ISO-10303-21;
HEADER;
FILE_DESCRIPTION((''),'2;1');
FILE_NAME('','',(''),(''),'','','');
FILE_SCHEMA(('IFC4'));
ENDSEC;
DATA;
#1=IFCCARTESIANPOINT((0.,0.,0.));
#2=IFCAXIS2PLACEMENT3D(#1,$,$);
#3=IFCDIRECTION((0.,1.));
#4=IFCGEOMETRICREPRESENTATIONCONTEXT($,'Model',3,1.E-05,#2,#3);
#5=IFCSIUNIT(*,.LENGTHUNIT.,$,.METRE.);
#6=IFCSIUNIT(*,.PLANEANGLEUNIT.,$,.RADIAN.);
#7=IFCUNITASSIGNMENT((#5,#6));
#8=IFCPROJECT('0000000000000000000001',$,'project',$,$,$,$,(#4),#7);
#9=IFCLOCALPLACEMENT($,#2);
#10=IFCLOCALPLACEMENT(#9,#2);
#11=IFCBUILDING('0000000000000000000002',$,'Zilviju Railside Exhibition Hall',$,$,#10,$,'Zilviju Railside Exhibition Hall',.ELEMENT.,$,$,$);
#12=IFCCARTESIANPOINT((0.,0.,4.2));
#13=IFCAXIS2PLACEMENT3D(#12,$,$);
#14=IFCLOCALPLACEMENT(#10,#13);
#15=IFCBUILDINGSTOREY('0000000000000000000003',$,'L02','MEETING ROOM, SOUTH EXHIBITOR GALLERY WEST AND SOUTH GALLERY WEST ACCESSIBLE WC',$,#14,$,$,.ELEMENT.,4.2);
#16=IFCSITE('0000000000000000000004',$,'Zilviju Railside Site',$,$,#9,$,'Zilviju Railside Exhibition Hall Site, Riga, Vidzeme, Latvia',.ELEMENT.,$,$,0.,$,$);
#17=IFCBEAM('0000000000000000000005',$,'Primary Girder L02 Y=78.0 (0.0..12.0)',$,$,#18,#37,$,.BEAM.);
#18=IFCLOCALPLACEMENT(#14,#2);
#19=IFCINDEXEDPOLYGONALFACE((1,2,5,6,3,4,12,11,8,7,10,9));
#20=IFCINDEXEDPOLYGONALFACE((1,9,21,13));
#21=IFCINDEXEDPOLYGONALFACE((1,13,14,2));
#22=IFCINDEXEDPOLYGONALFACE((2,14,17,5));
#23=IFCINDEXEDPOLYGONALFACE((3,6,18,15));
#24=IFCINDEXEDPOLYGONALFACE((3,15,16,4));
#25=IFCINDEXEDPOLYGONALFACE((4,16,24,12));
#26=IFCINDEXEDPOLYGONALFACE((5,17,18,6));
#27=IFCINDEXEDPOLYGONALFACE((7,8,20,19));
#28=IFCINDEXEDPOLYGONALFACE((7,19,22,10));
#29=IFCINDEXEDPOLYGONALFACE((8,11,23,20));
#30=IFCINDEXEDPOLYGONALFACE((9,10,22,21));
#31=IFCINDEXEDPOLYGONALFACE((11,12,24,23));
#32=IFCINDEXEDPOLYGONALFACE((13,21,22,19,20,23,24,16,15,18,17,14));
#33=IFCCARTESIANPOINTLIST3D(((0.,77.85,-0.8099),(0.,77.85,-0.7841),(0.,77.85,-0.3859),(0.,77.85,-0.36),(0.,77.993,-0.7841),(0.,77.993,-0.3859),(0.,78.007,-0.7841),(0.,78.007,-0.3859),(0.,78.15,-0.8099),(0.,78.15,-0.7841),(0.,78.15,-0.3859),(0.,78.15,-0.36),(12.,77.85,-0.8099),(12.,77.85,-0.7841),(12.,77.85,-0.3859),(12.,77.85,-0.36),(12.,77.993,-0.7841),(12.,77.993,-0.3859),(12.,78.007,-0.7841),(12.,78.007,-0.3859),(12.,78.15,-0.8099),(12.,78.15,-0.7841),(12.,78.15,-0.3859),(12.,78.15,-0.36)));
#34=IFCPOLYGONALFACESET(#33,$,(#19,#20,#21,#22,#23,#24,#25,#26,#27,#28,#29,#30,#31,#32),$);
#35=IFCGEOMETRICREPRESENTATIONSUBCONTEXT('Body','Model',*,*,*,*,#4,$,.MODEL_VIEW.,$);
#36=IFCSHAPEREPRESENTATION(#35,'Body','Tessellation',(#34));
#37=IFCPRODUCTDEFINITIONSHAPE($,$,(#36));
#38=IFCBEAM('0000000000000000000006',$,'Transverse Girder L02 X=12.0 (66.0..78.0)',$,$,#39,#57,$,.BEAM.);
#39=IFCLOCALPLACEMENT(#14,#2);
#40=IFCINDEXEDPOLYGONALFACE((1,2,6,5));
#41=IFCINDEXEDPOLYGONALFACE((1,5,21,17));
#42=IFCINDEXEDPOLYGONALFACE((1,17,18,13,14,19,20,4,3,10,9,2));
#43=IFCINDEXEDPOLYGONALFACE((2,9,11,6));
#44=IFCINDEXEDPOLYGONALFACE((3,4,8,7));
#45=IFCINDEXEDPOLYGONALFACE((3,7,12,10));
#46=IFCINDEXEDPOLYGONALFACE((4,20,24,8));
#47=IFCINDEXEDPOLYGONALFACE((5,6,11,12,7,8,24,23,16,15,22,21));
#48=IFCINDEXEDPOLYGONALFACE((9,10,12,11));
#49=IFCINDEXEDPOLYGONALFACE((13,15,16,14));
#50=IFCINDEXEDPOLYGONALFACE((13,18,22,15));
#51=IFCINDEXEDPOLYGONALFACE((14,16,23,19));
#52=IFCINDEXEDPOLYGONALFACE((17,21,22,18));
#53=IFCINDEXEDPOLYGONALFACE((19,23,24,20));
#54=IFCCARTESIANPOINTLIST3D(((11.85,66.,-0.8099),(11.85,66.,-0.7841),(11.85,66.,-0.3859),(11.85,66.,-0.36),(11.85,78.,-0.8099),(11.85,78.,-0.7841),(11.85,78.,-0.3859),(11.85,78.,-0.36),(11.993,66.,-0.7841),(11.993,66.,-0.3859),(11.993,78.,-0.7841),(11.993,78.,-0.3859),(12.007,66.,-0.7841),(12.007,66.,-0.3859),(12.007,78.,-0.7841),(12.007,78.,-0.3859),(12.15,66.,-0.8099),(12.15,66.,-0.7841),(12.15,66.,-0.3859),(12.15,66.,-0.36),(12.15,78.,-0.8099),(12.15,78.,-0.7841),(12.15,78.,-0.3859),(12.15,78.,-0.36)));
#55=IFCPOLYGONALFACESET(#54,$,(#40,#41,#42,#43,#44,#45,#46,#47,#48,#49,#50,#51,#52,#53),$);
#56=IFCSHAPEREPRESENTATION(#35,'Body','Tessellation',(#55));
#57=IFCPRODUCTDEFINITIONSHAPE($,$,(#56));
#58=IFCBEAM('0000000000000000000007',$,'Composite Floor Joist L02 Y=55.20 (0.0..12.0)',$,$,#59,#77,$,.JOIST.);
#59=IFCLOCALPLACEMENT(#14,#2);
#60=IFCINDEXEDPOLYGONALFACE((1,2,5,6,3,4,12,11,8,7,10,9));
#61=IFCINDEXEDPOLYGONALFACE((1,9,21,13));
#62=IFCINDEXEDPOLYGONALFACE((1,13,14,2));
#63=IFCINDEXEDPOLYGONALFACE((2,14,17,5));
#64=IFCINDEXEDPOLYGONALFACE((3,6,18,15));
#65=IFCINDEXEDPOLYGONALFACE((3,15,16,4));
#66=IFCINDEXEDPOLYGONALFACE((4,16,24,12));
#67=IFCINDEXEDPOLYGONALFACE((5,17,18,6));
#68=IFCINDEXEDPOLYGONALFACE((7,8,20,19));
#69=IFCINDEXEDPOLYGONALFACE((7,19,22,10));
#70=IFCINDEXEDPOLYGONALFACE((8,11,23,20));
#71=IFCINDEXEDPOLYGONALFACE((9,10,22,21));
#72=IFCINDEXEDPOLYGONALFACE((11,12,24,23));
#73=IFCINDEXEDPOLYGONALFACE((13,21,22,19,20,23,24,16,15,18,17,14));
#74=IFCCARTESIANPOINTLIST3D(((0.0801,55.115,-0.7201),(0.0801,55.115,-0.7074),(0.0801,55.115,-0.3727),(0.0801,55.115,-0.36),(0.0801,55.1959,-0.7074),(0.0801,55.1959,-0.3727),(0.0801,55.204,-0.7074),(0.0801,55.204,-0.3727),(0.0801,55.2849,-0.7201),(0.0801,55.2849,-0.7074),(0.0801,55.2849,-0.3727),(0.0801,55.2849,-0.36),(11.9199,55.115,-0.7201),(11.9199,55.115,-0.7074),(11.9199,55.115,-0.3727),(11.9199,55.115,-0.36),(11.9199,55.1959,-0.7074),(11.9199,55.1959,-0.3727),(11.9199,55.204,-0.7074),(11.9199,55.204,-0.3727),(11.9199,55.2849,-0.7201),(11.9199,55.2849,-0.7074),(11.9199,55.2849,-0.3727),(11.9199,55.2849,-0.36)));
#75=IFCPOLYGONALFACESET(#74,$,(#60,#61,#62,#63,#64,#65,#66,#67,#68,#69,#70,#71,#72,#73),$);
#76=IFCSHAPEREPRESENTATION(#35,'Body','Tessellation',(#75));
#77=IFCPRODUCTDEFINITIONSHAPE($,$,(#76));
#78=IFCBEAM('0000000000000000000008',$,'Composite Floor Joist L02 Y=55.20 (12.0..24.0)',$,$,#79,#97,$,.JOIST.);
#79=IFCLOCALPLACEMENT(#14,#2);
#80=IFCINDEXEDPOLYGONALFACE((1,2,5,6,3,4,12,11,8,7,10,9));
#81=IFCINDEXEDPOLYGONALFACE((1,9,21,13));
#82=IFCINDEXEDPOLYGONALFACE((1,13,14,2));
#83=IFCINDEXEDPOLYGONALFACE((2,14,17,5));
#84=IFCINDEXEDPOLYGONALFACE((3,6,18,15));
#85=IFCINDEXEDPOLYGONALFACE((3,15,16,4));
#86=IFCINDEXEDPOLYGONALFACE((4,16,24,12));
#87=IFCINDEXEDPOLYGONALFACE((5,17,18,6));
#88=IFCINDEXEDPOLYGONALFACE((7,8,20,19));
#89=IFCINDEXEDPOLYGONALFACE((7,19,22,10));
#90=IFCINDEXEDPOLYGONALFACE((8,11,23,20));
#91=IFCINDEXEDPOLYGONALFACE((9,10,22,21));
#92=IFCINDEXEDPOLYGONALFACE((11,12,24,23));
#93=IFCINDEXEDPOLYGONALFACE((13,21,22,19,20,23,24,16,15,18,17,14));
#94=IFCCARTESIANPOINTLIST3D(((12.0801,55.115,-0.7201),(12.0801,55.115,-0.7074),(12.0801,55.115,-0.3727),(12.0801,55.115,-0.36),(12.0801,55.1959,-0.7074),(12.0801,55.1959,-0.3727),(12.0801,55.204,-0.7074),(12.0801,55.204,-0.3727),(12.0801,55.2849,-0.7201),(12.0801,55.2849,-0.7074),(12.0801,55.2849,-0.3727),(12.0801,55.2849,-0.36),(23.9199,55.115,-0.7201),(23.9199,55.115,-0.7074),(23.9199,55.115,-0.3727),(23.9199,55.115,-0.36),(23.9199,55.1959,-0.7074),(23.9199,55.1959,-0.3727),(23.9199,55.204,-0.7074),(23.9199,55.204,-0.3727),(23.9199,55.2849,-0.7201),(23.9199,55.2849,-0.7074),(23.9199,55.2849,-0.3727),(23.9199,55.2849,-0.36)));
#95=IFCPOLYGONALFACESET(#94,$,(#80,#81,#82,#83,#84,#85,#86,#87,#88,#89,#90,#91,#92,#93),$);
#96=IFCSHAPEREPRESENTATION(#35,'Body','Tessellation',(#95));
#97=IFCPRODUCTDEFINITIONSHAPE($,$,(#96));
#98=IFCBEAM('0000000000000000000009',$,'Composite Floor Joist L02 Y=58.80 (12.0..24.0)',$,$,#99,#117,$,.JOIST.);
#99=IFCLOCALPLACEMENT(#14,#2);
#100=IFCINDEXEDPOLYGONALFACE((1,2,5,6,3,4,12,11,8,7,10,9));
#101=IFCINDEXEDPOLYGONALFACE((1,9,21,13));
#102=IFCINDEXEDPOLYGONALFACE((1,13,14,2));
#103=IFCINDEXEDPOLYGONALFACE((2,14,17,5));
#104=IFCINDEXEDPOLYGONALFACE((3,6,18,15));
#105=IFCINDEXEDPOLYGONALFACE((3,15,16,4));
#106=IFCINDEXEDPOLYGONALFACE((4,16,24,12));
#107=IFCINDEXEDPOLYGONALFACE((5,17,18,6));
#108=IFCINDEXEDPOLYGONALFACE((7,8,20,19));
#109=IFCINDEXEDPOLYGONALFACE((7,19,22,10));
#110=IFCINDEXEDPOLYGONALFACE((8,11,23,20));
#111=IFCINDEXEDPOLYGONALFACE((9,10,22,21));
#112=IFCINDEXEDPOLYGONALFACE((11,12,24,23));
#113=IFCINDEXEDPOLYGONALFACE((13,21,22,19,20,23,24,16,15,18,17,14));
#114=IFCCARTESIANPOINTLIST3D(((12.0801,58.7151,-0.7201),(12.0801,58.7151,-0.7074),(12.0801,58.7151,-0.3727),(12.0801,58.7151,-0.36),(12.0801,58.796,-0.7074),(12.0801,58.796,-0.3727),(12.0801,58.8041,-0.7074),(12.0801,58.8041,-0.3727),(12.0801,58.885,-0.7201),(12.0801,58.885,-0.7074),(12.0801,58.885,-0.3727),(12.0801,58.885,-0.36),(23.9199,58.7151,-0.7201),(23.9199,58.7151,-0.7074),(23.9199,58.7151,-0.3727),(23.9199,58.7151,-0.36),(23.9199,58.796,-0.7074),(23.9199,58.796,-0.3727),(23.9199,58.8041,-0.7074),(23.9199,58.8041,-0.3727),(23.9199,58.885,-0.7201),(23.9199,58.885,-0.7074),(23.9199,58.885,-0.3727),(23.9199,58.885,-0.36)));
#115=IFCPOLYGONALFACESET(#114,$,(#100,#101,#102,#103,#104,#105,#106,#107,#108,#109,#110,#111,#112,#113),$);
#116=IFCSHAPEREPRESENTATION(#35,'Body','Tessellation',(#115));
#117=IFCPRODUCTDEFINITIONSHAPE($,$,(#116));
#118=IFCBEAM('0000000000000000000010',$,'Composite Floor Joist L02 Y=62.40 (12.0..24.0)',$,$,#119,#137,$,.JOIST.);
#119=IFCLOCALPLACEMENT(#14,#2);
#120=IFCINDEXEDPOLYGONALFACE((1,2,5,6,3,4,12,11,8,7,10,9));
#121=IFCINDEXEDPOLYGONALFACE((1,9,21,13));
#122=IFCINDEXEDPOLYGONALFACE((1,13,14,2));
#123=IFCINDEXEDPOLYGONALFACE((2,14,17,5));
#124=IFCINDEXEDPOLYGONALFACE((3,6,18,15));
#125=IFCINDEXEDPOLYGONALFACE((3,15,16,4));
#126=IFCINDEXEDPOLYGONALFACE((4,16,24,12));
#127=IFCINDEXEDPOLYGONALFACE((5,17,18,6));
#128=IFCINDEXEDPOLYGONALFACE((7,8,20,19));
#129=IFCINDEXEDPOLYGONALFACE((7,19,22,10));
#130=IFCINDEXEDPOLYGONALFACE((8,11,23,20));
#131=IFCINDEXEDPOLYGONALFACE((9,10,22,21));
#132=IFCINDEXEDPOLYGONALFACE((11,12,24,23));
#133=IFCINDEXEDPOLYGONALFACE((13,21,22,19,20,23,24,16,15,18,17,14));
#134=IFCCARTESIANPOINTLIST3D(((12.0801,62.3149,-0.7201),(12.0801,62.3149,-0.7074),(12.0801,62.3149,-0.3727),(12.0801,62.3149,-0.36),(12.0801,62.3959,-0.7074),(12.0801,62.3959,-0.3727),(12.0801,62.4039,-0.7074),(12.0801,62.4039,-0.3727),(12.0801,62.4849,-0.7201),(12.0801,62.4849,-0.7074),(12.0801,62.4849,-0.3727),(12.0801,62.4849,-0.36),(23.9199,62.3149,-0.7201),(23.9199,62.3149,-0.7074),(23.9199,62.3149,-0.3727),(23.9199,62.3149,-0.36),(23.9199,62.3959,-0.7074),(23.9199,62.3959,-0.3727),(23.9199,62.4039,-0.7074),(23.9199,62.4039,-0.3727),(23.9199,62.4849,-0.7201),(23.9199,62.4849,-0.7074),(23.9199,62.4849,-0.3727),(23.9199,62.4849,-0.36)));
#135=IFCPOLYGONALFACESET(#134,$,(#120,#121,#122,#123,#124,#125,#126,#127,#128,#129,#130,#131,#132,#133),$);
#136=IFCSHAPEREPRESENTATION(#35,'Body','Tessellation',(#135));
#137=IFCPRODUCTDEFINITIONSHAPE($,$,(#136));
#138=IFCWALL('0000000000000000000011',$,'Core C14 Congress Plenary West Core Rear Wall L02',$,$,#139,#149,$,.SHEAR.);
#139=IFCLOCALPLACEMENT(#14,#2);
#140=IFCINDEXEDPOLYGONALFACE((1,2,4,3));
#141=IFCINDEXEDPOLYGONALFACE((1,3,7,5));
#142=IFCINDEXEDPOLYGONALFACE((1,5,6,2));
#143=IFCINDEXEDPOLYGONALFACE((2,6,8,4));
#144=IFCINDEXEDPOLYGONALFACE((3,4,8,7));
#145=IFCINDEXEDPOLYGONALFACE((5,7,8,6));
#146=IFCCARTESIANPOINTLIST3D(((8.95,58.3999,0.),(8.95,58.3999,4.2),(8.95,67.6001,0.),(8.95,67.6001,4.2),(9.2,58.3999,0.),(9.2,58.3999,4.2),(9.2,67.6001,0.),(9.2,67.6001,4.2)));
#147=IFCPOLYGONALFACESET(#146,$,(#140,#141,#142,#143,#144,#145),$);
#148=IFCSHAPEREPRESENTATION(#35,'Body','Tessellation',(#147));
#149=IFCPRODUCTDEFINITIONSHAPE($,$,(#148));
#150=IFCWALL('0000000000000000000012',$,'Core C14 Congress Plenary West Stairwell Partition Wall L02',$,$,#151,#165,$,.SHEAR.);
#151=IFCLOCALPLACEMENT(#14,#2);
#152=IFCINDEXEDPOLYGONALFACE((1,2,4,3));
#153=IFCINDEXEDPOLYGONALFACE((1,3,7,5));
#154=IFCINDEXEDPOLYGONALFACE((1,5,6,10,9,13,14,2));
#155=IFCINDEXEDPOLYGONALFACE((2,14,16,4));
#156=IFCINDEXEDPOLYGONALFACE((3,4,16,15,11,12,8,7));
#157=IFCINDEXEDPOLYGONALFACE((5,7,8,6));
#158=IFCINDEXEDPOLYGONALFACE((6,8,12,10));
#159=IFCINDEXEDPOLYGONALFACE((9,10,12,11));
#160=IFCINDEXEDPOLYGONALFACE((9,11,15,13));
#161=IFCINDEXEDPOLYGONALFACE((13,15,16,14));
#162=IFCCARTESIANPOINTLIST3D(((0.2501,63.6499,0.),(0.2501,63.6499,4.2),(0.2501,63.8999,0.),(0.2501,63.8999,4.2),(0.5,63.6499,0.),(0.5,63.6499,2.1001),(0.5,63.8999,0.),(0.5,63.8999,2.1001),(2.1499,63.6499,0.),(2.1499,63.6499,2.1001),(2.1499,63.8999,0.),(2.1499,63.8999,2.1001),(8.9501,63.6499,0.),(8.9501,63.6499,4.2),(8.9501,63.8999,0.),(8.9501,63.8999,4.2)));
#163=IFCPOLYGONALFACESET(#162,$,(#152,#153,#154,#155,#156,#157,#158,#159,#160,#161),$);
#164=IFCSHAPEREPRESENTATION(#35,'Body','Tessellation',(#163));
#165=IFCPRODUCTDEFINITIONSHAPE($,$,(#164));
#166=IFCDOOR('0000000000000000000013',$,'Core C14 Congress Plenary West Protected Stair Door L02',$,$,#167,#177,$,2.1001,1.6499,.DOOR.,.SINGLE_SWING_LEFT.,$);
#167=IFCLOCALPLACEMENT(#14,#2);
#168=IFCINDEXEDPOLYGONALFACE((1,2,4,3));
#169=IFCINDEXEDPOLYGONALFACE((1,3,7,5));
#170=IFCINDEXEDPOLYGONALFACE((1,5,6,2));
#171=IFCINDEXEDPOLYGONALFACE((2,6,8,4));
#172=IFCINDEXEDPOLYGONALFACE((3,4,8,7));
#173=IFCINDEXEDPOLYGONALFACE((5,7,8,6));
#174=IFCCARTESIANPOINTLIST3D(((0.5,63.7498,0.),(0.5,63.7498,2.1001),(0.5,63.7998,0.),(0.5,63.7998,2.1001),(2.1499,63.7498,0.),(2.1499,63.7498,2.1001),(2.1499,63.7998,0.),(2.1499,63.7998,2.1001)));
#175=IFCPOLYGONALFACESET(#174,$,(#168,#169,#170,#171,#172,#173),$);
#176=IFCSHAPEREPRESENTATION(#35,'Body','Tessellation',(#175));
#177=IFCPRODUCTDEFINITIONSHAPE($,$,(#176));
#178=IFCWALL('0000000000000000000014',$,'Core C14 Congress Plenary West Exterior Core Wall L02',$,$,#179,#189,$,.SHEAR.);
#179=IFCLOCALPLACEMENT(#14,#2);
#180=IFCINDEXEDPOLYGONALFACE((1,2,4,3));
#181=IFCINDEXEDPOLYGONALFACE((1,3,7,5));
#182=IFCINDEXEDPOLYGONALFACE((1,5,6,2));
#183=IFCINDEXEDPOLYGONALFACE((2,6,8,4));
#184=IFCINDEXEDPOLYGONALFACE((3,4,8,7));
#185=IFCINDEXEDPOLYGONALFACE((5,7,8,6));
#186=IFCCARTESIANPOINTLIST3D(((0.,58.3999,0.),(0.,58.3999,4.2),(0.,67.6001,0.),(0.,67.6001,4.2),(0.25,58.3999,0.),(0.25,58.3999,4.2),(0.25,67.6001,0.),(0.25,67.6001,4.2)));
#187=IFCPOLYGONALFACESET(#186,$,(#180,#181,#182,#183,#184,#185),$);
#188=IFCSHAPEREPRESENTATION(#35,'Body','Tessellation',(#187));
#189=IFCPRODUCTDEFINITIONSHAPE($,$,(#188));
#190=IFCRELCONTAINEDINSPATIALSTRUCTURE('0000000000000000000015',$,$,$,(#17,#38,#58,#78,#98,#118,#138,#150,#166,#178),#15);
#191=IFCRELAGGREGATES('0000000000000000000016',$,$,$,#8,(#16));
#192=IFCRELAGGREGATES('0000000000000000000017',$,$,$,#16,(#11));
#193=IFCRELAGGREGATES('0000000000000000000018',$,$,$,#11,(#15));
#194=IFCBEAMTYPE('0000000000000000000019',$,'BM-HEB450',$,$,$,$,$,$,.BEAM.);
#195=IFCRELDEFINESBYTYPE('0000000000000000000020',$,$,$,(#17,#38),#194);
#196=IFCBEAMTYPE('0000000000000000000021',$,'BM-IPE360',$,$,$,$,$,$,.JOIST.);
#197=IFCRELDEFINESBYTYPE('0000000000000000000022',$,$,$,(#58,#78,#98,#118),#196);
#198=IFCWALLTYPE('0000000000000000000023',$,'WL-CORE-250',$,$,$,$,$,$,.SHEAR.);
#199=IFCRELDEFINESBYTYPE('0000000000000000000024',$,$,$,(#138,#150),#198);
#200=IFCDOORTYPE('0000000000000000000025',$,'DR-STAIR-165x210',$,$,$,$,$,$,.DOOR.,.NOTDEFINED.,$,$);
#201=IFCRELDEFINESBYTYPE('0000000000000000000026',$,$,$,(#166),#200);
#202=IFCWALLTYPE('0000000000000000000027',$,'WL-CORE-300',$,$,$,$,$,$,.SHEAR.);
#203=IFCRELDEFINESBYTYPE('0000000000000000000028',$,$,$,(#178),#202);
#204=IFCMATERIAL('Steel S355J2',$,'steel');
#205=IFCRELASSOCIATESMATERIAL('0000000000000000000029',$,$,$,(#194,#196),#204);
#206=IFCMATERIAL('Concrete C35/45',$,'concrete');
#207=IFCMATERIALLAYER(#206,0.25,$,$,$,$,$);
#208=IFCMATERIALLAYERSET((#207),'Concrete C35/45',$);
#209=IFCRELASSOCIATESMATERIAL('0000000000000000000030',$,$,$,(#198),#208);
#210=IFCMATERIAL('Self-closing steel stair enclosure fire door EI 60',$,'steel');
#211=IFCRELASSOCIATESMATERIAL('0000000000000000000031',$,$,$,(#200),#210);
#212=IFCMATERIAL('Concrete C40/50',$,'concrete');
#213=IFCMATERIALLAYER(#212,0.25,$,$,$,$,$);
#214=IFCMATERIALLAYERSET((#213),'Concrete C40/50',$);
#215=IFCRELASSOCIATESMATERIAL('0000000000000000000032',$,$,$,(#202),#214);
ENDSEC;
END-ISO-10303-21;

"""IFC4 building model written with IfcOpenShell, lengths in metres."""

from ifc_helpers import new_model, si_unit, direction, frame, frame_2d, origin, origin_2d, place, context, subcontext, project, spatial, rectangle, i_section, extrude, material, layer, layer_set, material_profile, profile_set, type_object, element, fill, save


model = new_model("IFC4")

# Units and contexts
model_context = context("Model", 3, precision=1e-05, world=origin(), true_north=direction((0.0, 1.0)))
body_context = subcontext(model_context, "Body", "Model", "MODEL_VIEW")
ifc_project = project(units=[si_unit("LENGTHUNIT", "METRE"), si_unit("PLANEANGLEUNIT", "RADIAN")], contexts=[model_context])

# Site, building, storey
site_placement = place(None, origin())
site = spatial("IfcSite", under=ifc_project, at=site_placement, Name="Zilviju Railside Site", LongName="Zilviju Railside Exhibition Hall Site, Riga, Vidzeme, Latvia", CompositionType="ELEMENT", RefElevation=0.0)
building_placement = place(site_placement, origin())
building = spatial("IfcBuilding", under=site, at=building_placement, Name="Zilviju Railside Exhibition Hall", LongName="Zilviju Railside Exhibition Hall", CompositionType="ELEMENT")
storey_placement = place(building_placement, frame((0.0, 0.0, 4.2)))
storey = spatial("IfcBuildingStorey", under=building, at=storey_placement, Name="L02", Description="MEETING ROOM, SOUTH EXHIBITOR GALLERY WEST AND SOUTH GALLERY WEST ACCESSIBLE WC", CompositionType="ELEMENT", Elevation=4.2)

# Shared definitions
ifc_material_1 = material(Name="Steel S355J2", Category="steel")

# Beams
ifc_material_profile_1 = material_profile(ifc_material_1, i_section(OverallWidth=0.3, OverallDepth=0.45, WebThickness=0.0139, FlangeThickness=0.0259, at=origin_2d()), Name="HEB 450")
ifc_profile_set_1 = profile_set([ifc_material_profile_1], Name="Steel S355J2")
beam_type_1 = type_object("IfcBeamType", Name="BM-HEB450", PredefinedType="BEAM", material=ifc_profile_set_1)
for number, where, z_axis, x_axis, name in (
    (1, (0.0, 78.0, -0.585), (1.0, 0.0, 0.0), (0.0, 1.0, 0.0), "Primary Girder L02 Y=78.0 (0.0..12.0)"),
    (2, (12.0, 66.0, -0.585), (0.0, 1.0, 0.0), (-1.0, 0.0, 0.0), "Transverse Girder L02 X=12.0 (66.0..78.0)"),
):
    element("IfcBeam", number, at=place(storey_placement, frame(where, z_axis=z_axis, x_axis=x_axis)), inside=storey, type_object=beam_type_1, Name=name, PredefinedType="BEAM", context=body_context, shape_type="SweptSolid", body=[
        extrude(i_section(OverallWidth=0.3, OverallDepth=0.45, WebThickness=0.0139, FlangeThickness=0.0259, at=origin_2d()), origin(), (0.0, 0.0, 1.0), 12.0),
    ])
ifc_material_profile_2 = material_profile(ifc_material_1, i_section(OverallWidth=0.1699, OverallDepth=0.3601, WebThickness=0.0081, FlangeThickness=0.0127, at=origin_2d()), Name="IPE 360")
ifc_profile_set_2 = profile_set([ifc_material_profile_2], Name="Steel S355J2")
beam_type_2 = type_object("IfcBeamType", Name="BM-IPE360", PredefinedType="JOIST", material=ifc_profile_set_2)
for number, where, z_axis, x_axis, name in (
    (3, (0.0801, 55.2, -0.54), (1.0, 0.0, 0.0), (0.0, 1.0, 0.0), "Composite Floor Joist L02 Y=55.20 (0.0..12.0)"),
    (4, (12.0801, 55.2, -0.54), (1.0, 0.0, 0.0), (0.0, 1.0, 0.0), "Composite Floor Joist L02 Y=55.20 (12.0..24.0)"),
    (5, (12.0801, 58.8, -0.54), (1.0, 0.0, 0.0), (0.0, 1.0, 0.0), "Composite Floor Joist L02 Y=58.80 (12.0..24.0)"),
    (6, (12.0801, 62.3999, -0.54), (1.0, 0.0, 0.0), (0.0, 1.0, 0.0), "Composite Floor Joist L02 Y=62.40 (12.0..24.0)"),
):
    element("IfcBeam", number, at=place(storey_placement, frame(where, z_axis=z_axis, x_axis=x_axis)), inside=storey, type_object=beam_type_2, Name=name, PredefinedType="JOIST", context=body_context, shape_type="SweptSolid", body=[
        extrude(i_section(OverallWidth=0.1699, OverallDepth=0.3601, WebThickness=0.0081, FlangeThickness=0.0127, at=origin_2d()), origin(), (0.0, 0.0, 1.0), 11.8398),
    ])

# Wall
ifc_material_2 = material(Name="Concrete C35/45", Category="concrete")
ifc_layer_1 = layer(ifc_material_2, 0.25)
ifc_layer_set_1 = layer_set([ifc_layer_1], Name="Concrete C35/45")
wall_type_1 = type_object("IfcWallType", Name="WL-CORE-250", PredefinedType="SHEAR", material=ifc_layer_set_1)
wall_1_placement = place(storey_placement, frame((9.075, 58.3999, 0.0), z_axis=(0.0, 0.0, 1.0), x_axis=(0.0, 1.0, 0.0)))
element("IfcWall", 7, at=wall_1_placement, inside=storey, type_object=wall_type_1, Name="Core C14 Congress Plenary West Core Rear Wall L02", PredefinedType="SHEAR", context=body_context, shape_type="SweptSolid", body=[
    extrude(rectangle(XDim=9.2002, YDim=0.25, at=frame_2d((4.6001, 0.0))), origin(), (0.0, 0.0, 1.0), 4.2),
])

# Wall, opening, door
wall_2_placement = place(storey_placement, frame((0.25, 63.7749, 0.0), z_axis=(0.0, 0.0, 1.0), x_axis=(1.0, 0.0, 0.0)))
wall_2 = element("IfcWall", 8, at=wall_2_placement, inside=storey, type_object=wall_type_1, Name="Core C14 Congress Plenary West Stairwell Partition Wall L02", PredefinedType="SHEAR", context=body_context, shape_type="SweptSolid", body=[
    extrude(rectangle(XDim=8.7, YDim=0.25, at=frame_2d((4.3501, 0.0))), origin(), (0.0, 0.0, 1.0), 4.2),
])
opening_1_placement = place(wall_2_placement, frame((0.25, 0.0, 0.0)))
opening_1 = element("IfcOpeningElement", 9, at=opening_1_placement, cuts=wall_2, PredefinedType="OPENING", context=body_context, shape_type="SweptSolid", body=[
    extrude(rectangle(XDim=1.6499, YDim=2.1001, at=frame_2d((0.825, 1.05))), frame((0.0, 0.135, 0.0), z_axis=(0.0, -1.0, 0.0), x_axis=(1.0, 0.0, 0.0)), (0.0, 0.0, 1.0), 0.27),
])
ifc_material_3 = material(Name="Self-closing steel stair enclosure fire door EI 60", Category="steel")
door_type = type_object("IfcDoorType", Name="DR-STAIR-165x210", OperationType="NOTDEFINED", PredefinedType="DOOR", material=ifc_material_3)
door_placement = place(opening_1_placement, origin())
door = element("IfcDoor", 10, at=door_placement, inside=storey, type_object=door_type, Name="Core C14 Congress Plenary West Protected Stair Door L02", OperationType="SINGLE_SWING_LEFT", OverallHeight=2.1001, OverallWidth=1.6499, PredefinedType="DOOR", context=body_context, shape_type="SweptSolid", body=[
    extrude(rectangle(XDim=1.6499, YDim=2.1001, at=frame_2d((0.825, 1.05))), frame((0.0, 0.0249, 0.0), z_axis=(0.0, -1.0, 0.0), x_axis=(1.0, 0.0, 0.0)), (0.0, 0.0, 1.0), 0.05),
])
fill(opening_1, door)

# Wall
ifc_material_4 = material(Name="Concrete C40/50", Category="concrete")
ifc_layer_2 = layer(ifc_material_4, 0.25)
ifc_layer_set_2 = layer_set([ifc_layer_2], Name="Concrete C40/50")
wall_type_2 = type_object("IfcWallType", Name="WL-CORE-300", PredefinedType="SHEAR", material=ifc_layer_set_2)
wall_3_placement = place(storey_placement, frame((0.125, 58.3999, 0.0), z_axis=(0.0, 0.0, 1.0), x_axis=(0.0, 1.0, 0.0)))
element("IfcWall", 11, at=wall_3_placement, inside=storey, type_object=wall_type_2, Name="Core C14 Congress Plenary West Exterior Core Wall L02", PredefinedType="SHEAR", context=body_context, shape_type="SweptSolid", body=[
    extrude(rectangle(XDim=9.2002, YDim=0.25, at=frame_2d((4.6001, 0.0))), origin(), (0.0, 0.0, 1.0), 4.2),
])

save(model, "model.ifc")
